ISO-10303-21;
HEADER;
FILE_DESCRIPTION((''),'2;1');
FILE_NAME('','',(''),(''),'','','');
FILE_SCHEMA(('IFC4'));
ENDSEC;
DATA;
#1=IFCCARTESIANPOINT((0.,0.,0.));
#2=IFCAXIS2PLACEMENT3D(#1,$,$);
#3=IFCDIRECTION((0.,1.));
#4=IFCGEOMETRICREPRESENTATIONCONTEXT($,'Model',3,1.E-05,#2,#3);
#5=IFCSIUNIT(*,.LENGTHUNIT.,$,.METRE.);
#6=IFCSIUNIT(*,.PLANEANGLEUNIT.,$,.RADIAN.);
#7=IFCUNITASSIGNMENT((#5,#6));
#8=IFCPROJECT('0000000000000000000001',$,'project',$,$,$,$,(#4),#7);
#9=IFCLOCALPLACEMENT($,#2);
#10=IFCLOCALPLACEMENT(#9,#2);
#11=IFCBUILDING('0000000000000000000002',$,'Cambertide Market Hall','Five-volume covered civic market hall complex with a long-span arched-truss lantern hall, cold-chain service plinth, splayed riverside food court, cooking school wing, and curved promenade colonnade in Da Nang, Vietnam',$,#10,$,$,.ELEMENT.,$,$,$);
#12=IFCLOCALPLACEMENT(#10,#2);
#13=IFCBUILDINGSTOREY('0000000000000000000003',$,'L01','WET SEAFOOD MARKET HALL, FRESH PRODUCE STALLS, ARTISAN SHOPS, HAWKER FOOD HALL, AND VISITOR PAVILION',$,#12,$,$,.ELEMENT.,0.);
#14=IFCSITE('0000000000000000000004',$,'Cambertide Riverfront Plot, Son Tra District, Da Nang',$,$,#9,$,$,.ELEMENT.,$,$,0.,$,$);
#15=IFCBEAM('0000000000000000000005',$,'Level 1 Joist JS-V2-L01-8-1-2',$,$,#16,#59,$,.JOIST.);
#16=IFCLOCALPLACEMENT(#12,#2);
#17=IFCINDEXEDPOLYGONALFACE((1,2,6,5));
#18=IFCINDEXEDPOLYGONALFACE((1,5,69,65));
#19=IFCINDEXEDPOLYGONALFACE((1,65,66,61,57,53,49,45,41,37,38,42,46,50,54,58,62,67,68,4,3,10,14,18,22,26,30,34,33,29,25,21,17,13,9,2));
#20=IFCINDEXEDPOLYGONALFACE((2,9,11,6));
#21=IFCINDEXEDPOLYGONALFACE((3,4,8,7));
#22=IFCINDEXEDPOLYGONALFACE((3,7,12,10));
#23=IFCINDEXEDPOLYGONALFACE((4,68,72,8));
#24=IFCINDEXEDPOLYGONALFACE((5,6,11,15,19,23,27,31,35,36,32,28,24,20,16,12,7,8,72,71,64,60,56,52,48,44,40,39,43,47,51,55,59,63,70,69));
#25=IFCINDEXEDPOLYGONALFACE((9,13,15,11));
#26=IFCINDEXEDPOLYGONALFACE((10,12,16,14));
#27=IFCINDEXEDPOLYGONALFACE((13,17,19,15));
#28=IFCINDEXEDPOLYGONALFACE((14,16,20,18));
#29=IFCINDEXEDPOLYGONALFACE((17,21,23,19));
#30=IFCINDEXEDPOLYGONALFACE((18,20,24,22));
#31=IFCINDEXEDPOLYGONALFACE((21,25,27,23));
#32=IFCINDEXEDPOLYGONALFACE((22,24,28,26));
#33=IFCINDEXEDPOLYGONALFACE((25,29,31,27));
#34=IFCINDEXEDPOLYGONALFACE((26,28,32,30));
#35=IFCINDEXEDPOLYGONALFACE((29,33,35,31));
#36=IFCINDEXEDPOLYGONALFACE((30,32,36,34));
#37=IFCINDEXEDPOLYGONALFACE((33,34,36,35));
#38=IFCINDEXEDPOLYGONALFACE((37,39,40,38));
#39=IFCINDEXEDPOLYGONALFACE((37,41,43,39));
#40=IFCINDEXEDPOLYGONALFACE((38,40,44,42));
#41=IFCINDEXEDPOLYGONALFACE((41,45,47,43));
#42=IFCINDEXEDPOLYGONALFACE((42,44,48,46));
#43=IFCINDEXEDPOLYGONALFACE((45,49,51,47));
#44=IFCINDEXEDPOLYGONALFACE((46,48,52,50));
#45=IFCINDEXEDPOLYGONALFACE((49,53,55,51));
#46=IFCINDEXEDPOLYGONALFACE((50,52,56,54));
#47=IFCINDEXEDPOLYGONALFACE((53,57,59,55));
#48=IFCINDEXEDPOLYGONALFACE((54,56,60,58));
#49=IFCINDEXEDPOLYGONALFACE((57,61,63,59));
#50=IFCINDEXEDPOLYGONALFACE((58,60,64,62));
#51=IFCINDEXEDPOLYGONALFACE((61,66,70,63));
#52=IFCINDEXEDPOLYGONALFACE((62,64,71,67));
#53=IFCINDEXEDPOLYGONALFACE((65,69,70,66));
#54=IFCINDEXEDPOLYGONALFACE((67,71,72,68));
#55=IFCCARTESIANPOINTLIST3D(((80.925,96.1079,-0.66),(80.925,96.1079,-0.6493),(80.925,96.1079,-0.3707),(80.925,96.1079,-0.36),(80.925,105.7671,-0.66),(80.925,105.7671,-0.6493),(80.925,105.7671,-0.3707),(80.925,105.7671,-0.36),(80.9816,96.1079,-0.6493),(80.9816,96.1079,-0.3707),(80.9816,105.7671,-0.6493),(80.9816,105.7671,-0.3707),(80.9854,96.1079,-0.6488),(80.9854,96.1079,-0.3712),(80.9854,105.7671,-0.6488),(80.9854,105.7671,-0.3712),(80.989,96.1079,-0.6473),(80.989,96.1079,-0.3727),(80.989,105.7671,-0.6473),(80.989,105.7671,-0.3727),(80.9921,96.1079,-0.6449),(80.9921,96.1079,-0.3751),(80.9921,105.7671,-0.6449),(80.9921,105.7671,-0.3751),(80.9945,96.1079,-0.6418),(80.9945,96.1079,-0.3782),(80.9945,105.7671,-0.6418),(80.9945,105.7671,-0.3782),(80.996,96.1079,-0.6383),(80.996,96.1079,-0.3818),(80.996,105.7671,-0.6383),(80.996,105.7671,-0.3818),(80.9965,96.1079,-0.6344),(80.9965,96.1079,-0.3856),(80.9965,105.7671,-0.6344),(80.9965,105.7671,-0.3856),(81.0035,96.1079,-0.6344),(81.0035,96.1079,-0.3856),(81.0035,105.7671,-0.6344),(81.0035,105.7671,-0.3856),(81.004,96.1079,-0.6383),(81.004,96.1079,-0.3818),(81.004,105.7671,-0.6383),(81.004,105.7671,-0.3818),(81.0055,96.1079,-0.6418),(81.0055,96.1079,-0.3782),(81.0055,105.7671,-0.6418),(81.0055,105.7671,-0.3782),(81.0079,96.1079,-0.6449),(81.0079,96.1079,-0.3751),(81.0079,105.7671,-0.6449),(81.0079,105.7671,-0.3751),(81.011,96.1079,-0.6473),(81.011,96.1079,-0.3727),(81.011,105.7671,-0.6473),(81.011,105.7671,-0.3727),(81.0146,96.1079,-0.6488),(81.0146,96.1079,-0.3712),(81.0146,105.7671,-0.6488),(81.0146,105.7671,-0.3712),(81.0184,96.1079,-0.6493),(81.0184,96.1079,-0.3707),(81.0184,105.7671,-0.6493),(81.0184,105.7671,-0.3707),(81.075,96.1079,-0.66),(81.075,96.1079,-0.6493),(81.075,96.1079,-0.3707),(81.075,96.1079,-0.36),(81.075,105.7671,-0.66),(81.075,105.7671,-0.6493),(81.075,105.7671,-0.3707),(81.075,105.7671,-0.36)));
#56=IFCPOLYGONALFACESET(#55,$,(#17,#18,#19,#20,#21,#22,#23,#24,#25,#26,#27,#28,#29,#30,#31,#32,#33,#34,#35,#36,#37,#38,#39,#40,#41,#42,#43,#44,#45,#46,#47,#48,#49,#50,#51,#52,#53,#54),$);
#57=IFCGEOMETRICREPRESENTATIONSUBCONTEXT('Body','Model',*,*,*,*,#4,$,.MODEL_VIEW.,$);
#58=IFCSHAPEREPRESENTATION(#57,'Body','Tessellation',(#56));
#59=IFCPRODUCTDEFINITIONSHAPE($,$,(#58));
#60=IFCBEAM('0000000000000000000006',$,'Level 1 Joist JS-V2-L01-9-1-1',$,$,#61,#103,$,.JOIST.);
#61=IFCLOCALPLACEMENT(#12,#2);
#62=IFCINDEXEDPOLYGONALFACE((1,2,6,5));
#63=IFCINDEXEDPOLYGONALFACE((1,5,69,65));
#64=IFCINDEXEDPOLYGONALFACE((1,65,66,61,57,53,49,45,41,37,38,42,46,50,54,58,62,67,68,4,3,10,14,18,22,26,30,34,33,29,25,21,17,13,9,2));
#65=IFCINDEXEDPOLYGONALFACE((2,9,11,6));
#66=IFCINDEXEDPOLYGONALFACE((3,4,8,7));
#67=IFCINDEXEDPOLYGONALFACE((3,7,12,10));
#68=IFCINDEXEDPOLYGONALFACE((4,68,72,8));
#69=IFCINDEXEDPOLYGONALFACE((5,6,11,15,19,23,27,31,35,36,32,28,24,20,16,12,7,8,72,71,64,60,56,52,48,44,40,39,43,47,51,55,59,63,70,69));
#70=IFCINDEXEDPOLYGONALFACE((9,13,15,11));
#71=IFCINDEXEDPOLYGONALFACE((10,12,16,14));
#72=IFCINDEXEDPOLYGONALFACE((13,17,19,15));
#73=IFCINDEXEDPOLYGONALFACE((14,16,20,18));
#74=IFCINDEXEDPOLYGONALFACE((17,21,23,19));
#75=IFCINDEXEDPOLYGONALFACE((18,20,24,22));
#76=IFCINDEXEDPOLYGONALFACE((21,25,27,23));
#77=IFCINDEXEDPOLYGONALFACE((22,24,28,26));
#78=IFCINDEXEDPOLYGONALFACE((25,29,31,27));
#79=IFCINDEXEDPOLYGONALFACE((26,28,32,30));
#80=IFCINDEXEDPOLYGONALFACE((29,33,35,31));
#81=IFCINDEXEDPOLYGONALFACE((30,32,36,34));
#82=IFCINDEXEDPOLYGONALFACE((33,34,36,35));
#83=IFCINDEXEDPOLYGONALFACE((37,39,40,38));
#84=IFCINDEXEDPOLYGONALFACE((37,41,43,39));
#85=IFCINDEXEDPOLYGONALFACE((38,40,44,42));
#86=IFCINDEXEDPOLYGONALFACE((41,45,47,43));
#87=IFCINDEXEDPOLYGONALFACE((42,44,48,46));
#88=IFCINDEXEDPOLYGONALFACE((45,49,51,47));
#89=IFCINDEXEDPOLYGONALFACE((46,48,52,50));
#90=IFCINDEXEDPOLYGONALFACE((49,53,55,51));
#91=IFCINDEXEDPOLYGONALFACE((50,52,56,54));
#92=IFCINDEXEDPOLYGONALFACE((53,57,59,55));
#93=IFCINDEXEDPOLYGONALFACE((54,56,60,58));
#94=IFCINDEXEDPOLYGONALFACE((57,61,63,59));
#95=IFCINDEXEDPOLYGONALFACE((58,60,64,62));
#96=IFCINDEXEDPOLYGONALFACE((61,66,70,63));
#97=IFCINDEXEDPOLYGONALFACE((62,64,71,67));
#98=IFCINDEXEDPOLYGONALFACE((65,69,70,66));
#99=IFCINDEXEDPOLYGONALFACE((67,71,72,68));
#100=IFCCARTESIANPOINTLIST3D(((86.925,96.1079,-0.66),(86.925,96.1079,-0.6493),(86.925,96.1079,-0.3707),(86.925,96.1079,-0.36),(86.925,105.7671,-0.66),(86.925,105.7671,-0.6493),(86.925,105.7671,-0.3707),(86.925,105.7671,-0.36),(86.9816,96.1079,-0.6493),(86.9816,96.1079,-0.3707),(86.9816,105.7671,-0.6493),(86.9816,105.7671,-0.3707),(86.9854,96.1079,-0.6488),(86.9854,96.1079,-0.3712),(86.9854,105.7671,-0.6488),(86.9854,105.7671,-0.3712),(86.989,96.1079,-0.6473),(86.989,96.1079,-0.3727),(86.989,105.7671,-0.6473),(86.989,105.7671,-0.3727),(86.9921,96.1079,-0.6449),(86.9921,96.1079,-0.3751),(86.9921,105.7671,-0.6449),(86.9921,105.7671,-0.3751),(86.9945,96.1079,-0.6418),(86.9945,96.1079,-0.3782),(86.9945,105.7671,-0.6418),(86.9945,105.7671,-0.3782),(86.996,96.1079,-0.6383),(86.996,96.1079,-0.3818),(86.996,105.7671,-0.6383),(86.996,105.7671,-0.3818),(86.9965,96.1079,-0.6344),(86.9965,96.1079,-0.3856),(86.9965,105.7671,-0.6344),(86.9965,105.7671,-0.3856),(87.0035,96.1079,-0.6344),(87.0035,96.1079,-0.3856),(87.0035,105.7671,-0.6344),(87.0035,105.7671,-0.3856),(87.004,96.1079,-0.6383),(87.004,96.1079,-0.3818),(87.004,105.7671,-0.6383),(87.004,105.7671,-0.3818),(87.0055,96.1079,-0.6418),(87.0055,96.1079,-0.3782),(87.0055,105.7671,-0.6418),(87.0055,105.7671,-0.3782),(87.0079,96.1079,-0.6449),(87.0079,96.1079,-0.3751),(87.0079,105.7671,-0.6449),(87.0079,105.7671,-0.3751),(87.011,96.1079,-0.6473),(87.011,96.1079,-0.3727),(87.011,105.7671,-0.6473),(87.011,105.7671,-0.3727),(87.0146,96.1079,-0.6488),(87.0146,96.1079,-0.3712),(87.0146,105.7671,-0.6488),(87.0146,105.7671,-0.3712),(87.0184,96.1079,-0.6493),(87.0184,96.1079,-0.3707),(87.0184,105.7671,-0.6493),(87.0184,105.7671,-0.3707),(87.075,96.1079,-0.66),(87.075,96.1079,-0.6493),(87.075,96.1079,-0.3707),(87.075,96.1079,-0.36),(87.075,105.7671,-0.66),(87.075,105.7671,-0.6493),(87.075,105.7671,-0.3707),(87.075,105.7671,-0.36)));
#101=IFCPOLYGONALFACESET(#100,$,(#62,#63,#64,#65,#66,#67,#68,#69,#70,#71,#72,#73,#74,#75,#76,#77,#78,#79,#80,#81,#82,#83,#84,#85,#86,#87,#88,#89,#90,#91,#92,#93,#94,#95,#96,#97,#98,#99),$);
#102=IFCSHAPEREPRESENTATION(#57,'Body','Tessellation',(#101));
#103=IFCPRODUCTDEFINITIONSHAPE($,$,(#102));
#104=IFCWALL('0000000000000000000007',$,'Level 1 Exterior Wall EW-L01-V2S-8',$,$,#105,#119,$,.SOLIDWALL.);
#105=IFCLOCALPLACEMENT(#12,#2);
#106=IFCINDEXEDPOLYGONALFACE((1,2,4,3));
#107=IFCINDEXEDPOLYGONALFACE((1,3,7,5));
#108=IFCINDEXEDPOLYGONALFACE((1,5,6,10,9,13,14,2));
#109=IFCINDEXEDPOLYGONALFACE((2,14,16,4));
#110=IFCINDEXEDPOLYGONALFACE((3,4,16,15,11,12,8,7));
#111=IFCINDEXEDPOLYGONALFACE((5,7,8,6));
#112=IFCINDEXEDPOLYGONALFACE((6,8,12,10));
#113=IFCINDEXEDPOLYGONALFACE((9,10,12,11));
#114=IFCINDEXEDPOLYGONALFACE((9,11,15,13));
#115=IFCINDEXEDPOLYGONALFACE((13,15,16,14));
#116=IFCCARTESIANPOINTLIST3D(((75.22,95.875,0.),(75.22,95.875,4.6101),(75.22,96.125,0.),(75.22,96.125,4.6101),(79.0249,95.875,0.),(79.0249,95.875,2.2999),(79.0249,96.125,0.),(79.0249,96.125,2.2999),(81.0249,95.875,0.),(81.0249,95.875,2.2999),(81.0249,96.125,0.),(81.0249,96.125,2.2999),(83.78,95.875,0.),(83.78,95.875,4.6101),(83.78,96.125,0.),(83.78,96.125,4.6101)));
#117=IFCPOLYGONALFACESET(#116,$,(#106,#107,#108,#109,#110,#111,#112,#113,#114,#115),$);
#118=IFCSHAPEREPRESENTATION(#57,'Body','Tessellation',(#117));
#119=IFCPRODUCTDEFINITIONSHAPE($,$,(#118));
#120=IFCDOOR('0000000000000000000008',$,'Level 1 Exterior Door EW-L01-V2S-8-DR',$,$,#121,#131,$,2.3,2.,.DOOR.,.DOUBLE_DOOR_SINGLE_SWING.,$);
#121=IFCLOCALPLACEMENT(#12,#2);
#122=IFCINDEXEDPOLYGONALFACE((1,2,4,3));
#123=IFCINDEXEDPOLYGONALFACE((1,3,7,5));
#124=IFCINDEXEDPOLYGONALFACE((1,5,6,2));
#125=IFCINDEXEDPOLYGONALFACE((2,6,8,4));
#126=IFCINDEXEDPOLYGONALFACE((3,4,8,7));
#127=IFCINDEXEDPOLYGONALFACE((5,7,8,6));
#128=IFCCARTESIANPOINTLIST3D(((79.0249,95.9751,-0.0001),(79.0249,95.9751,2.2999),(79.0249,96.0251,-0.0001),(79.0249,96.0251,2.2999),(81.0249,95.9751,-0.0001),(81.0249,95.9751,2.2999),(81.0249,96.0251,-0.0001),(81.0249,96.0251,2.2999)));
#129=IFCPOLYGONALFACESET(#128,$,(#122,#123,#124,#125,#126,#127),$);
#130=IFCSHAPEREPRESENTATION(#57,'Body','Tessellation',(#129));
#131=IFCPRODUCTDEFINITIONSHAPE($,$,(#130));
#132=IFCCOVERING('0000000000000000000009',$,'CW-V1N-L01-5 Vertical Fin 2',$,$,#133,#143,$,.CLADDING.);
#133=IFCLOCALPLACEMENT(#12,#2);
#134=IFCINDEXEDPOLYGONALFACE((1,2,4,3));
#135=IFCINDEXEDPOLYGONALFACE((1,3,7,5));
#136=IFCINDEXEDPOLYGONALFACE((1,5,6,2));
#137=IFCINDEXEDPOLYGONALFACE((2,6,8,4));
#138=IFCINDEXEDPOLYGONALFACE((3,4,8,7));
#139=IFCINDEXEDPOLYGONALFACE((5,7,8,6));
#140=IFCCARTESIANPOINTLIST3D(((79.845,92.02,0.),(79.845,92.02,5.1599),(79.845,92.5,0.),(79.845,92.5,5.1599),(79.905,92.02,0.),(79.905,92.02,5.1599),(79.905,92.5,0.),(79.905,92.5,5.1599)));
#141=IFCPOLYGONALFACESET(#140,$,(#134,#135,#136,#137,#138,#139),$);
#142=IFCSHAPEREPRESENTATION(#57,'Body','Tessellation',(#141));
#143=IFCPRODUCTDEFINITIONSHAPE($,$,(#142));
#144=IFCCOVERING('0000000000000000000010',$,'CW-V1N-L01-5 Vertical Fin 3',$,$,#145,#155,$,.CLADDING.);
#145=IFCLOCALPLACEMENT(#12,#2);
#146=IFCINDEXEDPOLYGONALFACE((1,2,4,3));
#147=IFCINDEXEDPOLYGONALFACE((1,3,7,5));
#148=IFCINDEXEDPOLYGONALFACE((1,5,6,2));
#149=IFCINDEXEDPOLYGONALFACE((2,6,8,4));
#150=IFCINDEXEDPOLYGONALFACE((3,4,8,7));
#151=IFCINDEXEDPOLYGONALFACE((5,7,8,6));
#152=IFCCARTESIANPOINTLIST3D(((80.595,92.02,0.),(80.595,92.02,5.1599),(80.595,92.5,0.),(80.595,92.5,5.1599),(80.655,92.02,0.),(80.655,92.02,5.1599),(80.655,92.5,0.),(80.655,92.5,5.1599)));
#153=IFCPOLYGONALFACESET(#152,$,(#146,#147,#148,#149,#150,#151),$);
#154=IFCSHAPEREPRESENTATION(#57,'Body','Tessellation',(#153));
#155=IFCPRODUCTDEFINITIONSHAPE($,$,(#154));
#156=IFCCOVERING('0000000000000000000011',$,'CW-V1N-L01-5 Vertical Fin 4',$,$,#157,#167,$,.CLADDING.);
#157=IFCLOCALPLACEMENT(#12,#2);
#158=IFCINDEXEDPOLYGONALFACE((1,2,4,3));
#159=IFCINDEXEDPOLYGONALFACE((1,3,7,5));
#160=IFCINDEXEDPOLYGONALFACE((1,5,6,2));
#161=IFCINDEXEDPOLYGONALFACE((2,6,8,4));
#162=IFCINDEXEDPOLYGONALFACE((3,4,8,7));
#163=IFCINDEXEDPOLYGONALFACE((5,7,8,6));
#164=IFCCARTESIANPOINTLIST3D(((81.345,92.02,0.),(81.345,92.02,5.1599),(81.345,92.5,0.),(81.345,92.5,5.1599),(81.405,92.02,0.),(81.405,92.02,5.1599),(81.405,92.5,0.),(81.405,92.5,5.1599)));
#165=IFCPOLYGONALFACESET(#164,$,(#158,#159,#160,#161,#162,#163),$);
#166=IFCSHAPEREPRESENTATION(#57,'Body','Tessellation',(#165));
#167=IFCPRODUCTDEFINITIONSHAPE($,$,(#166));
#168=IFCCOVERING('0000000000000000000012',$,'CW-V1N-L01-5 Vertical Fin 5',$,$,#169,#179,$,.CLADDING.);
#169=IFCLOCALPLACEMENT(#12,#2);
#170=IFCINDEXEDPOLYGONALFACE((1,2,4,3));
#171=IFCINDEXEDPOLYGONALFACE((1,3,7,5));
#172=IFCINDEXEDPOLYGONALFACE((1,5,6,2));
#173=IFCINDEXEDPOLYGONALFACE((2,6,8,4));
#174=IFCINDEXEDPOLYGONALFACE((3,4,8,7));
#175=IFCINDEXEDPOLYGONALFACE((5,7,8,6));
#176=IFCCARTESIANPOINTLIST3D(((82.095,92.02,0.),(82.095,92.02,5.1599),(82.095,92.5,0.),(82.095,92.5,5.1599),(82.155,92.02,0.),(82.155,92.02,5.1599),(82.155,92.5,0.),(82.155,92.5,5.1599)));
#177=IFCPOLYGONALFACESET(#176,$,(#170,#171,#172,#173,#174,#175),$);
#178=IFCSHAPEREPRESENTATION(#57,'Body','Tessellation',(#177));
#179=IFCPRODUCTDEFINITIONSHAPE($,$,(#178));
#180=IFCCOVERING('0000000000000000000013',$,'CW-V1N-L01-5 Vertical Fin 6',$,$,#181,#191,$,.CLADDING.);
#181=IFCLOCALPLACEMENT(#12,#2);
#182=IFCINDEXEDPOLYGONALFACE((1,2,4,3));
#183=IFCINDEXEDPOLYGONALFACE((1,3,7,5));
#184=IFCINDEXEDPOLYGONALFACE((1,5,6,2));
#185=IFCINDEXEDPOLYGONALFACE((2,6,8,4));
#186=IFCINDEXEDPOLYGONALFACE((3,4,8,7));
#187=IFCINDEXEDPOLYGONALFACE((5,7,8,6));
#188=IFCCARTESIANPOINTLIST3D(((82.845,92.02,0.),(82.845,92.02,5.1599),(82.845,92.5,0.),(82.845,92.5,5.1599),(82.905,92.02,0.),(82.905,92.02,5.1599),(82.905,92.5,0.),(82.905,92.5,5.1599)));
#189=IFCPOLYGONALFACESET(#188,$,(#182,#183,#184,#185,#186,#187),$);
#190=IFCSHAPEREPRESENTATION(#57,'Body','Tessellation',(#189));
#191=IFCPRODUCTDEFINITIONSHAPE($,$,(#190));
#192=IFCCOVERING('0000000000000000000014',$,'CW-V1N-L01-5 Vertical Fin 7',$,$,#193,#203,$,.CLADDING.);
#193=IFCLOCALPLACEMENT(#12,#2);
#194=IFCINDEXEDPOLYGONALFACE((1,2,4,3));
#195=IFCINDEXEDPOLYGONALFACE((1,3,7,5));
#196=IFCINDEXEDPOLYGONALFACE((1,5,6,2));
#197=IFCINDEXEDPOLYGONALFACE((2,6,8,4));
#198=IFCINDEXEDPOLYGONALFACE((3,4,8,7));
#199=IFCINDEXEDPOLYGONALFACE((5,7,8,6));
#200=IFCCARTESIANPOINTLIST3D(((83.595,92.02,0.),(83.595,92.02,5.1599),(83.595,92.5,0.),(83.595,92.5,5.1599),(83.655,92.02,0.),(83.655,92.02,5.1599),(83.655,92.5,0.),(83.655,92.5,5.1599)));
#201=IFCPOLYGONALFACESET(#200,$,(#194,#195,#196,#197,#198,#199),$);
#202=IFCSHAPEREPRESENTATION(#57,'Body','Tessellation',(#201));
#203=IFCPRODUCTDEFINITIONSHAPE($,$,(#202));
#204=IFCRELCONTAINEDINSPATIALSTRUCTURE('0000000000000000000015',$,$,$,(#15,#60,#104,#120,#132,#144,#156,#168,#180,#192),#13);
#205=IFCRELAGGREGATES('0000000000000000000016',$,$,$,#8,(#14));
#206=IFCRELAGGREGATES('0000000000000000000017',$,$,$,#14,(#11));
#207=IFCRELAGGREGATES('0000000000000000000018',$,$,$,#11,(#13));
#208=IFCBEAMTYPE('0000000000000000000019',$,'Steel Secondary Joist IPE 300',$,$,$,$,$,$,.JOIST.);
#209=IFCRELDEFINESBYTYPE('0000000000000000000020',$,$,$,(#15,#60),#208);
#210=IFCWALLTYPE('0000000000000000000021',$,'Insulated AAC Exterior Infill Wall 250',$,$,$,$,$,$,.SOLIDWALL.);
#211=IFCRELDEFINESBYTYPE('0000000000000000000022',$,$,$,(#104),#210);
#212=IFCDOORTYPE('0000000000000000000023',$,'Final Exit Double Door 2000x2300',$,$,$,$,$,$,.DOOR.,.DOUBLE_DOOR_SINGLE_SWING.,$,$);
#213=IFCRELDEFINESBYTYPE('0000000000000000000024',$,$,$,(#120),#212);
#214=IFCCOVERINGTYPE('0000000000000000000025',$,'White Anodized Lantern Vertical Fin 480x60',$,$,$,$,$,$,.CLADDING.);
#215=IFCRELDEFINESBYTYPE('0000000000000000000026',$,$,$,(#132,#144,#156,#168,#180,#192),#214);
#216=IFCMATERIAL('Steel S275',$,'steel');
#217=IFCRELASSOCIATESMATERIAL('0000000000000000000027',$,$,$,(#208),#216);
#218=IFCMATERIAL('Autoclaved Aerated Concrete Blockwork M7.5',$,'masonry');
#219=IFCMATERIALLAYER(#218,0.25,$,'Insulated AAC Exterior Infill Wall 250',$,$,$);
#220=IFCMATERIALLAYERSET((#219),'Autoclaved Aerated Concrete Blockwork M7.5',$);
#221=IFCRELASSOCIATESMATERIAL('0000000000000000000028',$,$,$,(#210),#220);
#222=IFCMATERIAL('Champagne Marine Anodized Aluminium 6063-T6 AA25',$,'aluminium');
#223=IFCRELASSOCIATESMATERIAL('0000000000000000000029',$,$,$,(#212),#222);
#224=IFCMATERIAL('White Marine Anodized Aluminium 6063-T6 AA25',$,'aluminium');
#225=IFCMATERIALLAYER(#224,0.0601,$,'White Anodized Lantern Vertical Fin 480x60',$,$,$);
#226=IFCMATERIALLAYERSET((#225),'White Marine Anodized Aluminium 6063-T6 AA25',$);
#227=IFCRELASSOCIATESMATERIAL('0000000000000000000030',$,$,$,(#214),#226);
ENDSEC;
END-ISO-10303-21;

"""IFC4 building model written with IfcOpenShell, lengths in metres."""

from ifc_helpers import new_model, si_unit, direction, frame, frame_2d, origin, origin_2d, place, context, subcontext, project, spatial, rectangle, i_section, extrude, material, layer, layer_set, material_profile, profile_set, type_object, element, fill, save


model = new_model("IFC4")

# Units and contexts
model_context = context("Model", 3, precision=1e-05, world=origin(), true_north=direction((0.0, 1.0)))
body_context = subcontext(model_context, "Body", "Model", "MODEL_VIEW")
ifc_project = project(units=[si_unit("LENGTHUNIT", "METRE"), si_unit("PLANEANGLEUNIT", "RADIAN")], contexts=[model_context])

# Site, building, storey
site_placement = place(None, origin())
site = spatial("IfcSite", under=ifc_project, at=site_placement, Name="Cambertide Riverfront Plot, Son Tra District, Da Nang", CompositionType="ELEMENT", RefElevation=0.0)
building_placement = place(site_placement, origin())
building = spatial("IfcBuilding", under=site, at=building_placement, Name="Cambertide Market Hall", Description="Five-volume covered civic market hall complex with a long-span arched-truss lantern hall, cold-chain service plinth, splayed riverside food court, cooking school wing, and curved promenade colonnade in Da Nang, Vietnam", CompositionType="ELEMENT")
storey_placement = place(building_placement, origin())
storey = spatial("IfcBuildingStorey", under=building, at=storey_placement, Name="L01", Description="WET SEAFOOD MARKET HALL, FRESH PRODUCE STALLS, ARTISAN SHOPS, HAWKER FOOD HALL, AND VISITOR PAVILION", CompositionType="ELEMENT", Elevation=0.0)

# Beams
ifc_material_1 = material(Name="Steel S275", Category="steel")
ifc_material_profile_1 = material_profile(ifc_material_1, i_section(OverallWidth=0.1499, OverallDepth=0.3, WebThickness=0.0071, FlangeThickness=0.0107, FilletRadius=0.0149, at=origin_2d()), Name="IPE 300")
ifc_profile_set_1 = profile_set([ifc_material_profile_1], Name="Steel S275")
beam_type_1 = type_object("IfcBeamType", Name="Steel Secondary Joist IPE 300", PredefinedType="JOIST", material=ifc_profile_set_1)
for number, where, z_axis, x_axis, name in (
    (1, (81.0, 96.1079, -0.51), (0.0, 1.0, 0.0), (-1.0, 0.0, 0.0), "Level 1 Joist JS-V2-L01-8-1-2"),
    (2, (87.0, 96.1079, -0.51), (0.0, 1.0, 0.0), (-1.0, 0.0, 0.0), "Level 1 Joist JS-V2-L01-9-1-1"),
):
    element("IfcBeam", number, at=place(storey_placement, frame(where, z_axis=z_axis, x_axis=x_axis)), inside=storey, type_object=beam_type_1, Name=name, PredefinedType="JOIST", context=body_context, shape_type="SweptSolid", body=[
        extrude(i_section(OverallWidth=0.1499, OverallDepth=0.3, WebThickness=0.0071, FlangeThickness=0.0107, FilletRadius=0.0149, at=origin_2d()), origin(), (0.0, 0.0, 1.0), 9.6592),
    ])

# Wall, opening, door
ifc_material_2 = material(Name="Autoclaved Aerated Concrete Blockwork M7.5", Category="masonry")
ifc_layer_1 = layer(ifc_material_2, 0.25, Name="Insulated AAC Exterior Infill Wall 250")
ifc_layer_set_1 = layer_set([ifc_layer_1], Name="Autoclaved Aerated Concrete Blockwork M7.5")
wall_type = type_object("IfcWallType", Name="Insulated AAC Exterior Infill Wall 250", PredefinedType="SOLIDWALL", material=ifc_layer_set_1)
wall_placement = place(storey_placement, frame((83.78, 96.0, 0.0), z_axis=(0.0, 0.0, 1.0), x_axis=(-1.0, 0.0, 0.0)))
wall = element("IfcWall", 3, at=wall_placement, inside=storey, type_object=wall_type, Name="Level 1 Exterior Wall EW-L01-V2S-8", PredefinedType="SOLIDWALL", context=body_context, shape_type="SweptSolid", body=[
    extrude(rectangle(XDim=8.5601, YDim=0.25, at=frame_2d((4.28, 0.0))), origin(), (0.0, 0.0, 1.0), 4.6101),
])
opening_placement = place(wall_placement, frame((2.7551, 0.0, 0.0)))
opening = element("IfcOpeningElement", 4, at=opening_placement, cuts=wall, PredefinedType="OPENING", context=body_context, shape_type="SweptSolid", body=[
    extrude(rectangle(XDim=2.0, YDim=2.3, at=frame_2d((1.0, 1.1499))), frame((0.0, 0.135, 0.0), z_axis=(0.0, -1.0, 0.0), x_axis=(1.0, 0.0, 0.0)), (0.0, 0.0, 1.0), 0.27),
])
ifc_material_3 = material(Name="Champagne Marine Anodized Aluminium 6063-T6 AA25", Category="aluminium")
door_type = type_object("IfcDoorType", Name="Final Exit Double Door 2000x2300", OperationType="DOUBLE_DOOR_SINGLE_SWING", PredefinedType="DOOR", material=ifc_material_3)
door_placement = place(opening_placement, origin())
door = element("IfcDoor", 5, at=door_placement, inside=storey, type_object=door_type, Name="Level 1 Exterior Door EW-L01-V2S-8-DR", OperationType="DOUBLE_DOOR_SINGLE_SWING", OverallHeight=2.3, OverallWidth=2.0, PredefinedType="DOOR", context=body_context, shape_type="SweptSolid", body=[
    extrude(rectangle(XDim=2.0, YDim=2.3, at=frame_2d((1.0, 1.1499))), frame((0.0, 0.0249, 0.0), z_axis=(0.0, -1.0, 0.0), x_axis=(1.0, 0.0, 0.0)), (0.0, 0.0, 1.0), 0.05),
])
fill(opening, door)

# Coverings
ifc_material_4 = material(Name="White Marine Anodized Aluminium 6063-T6 AA25", Category="aluminium")
ifc_layer_2 = layer(ifc_material_4, 0.0601, Name="White Anodized Lantern Vertical Fin 480x60")
ifc_layer_set_2 = layer_set([ifc_layer_2], Name="White Marine Anodized Aluminium 6063-T6 AA25")
covering_type = type_object("IfcCoveringType", Name="White Anodized Lantern Vertical Fin 480x60", PredefinedType="CLADDING", material=ifc_layer_set_2)
for number, where, z_axis, x_axis, name in (
    (6, (79.875, 92.26, 0.0), (0.0, 0.0, 1.0), (1.0, 0.0, 0.0), "CW-V1N-L01-5 Vertical Fin 2"),
    (7, (80.625, 92.26, 0.0), (0.0, 0.0, 1.0), (1.0, 0.0, 0.0), "CW-V1N-L01-5 Vertical Fin 3"),
    (8, (81.375, 92.26, 0.0), (0.0, 0.0, 1.0), (1.0, 0.0, 0.0), "CW-V1N-L01-5 Vertical Fin 4"),
    (9, (82.125, 92.26, 0.0), (0.0, 0.0, 1.0), (1.0, 0.0, 0.0), "CW-V1N-L01-5 Vertical Fin 5"),
    (10, (82.875, 92.26, 0.0), (0.0, 0.0, 1.0), (1.0, 0.0, 0.0), "CW-V1N-L01-5 Vertical Fin 6"),
    (11, (83.625, 92.26, 0.0), (0.0, 0.0, 1.0), (1.0, 0.0, 0.0), "CW-V1N-L01-5 Vertical Fin 7"),
):
    element("IfcCovering", number, at=place(storey_placement, frame(where, z_axis=z_axis, x_axis=x_axis)), inside=storey, type_object=covering_type, Name=name, PredefinedType="CLADDING", context=body_context, shape_type="SweptSolid", body=[
        extrude(rectangle(XDim=0.0601, YDim=0.48, at=origin_2d()), origin(), (0.0, 0.0, 1.0), 5.1599),
    ])

save(model, "model.ifc")
